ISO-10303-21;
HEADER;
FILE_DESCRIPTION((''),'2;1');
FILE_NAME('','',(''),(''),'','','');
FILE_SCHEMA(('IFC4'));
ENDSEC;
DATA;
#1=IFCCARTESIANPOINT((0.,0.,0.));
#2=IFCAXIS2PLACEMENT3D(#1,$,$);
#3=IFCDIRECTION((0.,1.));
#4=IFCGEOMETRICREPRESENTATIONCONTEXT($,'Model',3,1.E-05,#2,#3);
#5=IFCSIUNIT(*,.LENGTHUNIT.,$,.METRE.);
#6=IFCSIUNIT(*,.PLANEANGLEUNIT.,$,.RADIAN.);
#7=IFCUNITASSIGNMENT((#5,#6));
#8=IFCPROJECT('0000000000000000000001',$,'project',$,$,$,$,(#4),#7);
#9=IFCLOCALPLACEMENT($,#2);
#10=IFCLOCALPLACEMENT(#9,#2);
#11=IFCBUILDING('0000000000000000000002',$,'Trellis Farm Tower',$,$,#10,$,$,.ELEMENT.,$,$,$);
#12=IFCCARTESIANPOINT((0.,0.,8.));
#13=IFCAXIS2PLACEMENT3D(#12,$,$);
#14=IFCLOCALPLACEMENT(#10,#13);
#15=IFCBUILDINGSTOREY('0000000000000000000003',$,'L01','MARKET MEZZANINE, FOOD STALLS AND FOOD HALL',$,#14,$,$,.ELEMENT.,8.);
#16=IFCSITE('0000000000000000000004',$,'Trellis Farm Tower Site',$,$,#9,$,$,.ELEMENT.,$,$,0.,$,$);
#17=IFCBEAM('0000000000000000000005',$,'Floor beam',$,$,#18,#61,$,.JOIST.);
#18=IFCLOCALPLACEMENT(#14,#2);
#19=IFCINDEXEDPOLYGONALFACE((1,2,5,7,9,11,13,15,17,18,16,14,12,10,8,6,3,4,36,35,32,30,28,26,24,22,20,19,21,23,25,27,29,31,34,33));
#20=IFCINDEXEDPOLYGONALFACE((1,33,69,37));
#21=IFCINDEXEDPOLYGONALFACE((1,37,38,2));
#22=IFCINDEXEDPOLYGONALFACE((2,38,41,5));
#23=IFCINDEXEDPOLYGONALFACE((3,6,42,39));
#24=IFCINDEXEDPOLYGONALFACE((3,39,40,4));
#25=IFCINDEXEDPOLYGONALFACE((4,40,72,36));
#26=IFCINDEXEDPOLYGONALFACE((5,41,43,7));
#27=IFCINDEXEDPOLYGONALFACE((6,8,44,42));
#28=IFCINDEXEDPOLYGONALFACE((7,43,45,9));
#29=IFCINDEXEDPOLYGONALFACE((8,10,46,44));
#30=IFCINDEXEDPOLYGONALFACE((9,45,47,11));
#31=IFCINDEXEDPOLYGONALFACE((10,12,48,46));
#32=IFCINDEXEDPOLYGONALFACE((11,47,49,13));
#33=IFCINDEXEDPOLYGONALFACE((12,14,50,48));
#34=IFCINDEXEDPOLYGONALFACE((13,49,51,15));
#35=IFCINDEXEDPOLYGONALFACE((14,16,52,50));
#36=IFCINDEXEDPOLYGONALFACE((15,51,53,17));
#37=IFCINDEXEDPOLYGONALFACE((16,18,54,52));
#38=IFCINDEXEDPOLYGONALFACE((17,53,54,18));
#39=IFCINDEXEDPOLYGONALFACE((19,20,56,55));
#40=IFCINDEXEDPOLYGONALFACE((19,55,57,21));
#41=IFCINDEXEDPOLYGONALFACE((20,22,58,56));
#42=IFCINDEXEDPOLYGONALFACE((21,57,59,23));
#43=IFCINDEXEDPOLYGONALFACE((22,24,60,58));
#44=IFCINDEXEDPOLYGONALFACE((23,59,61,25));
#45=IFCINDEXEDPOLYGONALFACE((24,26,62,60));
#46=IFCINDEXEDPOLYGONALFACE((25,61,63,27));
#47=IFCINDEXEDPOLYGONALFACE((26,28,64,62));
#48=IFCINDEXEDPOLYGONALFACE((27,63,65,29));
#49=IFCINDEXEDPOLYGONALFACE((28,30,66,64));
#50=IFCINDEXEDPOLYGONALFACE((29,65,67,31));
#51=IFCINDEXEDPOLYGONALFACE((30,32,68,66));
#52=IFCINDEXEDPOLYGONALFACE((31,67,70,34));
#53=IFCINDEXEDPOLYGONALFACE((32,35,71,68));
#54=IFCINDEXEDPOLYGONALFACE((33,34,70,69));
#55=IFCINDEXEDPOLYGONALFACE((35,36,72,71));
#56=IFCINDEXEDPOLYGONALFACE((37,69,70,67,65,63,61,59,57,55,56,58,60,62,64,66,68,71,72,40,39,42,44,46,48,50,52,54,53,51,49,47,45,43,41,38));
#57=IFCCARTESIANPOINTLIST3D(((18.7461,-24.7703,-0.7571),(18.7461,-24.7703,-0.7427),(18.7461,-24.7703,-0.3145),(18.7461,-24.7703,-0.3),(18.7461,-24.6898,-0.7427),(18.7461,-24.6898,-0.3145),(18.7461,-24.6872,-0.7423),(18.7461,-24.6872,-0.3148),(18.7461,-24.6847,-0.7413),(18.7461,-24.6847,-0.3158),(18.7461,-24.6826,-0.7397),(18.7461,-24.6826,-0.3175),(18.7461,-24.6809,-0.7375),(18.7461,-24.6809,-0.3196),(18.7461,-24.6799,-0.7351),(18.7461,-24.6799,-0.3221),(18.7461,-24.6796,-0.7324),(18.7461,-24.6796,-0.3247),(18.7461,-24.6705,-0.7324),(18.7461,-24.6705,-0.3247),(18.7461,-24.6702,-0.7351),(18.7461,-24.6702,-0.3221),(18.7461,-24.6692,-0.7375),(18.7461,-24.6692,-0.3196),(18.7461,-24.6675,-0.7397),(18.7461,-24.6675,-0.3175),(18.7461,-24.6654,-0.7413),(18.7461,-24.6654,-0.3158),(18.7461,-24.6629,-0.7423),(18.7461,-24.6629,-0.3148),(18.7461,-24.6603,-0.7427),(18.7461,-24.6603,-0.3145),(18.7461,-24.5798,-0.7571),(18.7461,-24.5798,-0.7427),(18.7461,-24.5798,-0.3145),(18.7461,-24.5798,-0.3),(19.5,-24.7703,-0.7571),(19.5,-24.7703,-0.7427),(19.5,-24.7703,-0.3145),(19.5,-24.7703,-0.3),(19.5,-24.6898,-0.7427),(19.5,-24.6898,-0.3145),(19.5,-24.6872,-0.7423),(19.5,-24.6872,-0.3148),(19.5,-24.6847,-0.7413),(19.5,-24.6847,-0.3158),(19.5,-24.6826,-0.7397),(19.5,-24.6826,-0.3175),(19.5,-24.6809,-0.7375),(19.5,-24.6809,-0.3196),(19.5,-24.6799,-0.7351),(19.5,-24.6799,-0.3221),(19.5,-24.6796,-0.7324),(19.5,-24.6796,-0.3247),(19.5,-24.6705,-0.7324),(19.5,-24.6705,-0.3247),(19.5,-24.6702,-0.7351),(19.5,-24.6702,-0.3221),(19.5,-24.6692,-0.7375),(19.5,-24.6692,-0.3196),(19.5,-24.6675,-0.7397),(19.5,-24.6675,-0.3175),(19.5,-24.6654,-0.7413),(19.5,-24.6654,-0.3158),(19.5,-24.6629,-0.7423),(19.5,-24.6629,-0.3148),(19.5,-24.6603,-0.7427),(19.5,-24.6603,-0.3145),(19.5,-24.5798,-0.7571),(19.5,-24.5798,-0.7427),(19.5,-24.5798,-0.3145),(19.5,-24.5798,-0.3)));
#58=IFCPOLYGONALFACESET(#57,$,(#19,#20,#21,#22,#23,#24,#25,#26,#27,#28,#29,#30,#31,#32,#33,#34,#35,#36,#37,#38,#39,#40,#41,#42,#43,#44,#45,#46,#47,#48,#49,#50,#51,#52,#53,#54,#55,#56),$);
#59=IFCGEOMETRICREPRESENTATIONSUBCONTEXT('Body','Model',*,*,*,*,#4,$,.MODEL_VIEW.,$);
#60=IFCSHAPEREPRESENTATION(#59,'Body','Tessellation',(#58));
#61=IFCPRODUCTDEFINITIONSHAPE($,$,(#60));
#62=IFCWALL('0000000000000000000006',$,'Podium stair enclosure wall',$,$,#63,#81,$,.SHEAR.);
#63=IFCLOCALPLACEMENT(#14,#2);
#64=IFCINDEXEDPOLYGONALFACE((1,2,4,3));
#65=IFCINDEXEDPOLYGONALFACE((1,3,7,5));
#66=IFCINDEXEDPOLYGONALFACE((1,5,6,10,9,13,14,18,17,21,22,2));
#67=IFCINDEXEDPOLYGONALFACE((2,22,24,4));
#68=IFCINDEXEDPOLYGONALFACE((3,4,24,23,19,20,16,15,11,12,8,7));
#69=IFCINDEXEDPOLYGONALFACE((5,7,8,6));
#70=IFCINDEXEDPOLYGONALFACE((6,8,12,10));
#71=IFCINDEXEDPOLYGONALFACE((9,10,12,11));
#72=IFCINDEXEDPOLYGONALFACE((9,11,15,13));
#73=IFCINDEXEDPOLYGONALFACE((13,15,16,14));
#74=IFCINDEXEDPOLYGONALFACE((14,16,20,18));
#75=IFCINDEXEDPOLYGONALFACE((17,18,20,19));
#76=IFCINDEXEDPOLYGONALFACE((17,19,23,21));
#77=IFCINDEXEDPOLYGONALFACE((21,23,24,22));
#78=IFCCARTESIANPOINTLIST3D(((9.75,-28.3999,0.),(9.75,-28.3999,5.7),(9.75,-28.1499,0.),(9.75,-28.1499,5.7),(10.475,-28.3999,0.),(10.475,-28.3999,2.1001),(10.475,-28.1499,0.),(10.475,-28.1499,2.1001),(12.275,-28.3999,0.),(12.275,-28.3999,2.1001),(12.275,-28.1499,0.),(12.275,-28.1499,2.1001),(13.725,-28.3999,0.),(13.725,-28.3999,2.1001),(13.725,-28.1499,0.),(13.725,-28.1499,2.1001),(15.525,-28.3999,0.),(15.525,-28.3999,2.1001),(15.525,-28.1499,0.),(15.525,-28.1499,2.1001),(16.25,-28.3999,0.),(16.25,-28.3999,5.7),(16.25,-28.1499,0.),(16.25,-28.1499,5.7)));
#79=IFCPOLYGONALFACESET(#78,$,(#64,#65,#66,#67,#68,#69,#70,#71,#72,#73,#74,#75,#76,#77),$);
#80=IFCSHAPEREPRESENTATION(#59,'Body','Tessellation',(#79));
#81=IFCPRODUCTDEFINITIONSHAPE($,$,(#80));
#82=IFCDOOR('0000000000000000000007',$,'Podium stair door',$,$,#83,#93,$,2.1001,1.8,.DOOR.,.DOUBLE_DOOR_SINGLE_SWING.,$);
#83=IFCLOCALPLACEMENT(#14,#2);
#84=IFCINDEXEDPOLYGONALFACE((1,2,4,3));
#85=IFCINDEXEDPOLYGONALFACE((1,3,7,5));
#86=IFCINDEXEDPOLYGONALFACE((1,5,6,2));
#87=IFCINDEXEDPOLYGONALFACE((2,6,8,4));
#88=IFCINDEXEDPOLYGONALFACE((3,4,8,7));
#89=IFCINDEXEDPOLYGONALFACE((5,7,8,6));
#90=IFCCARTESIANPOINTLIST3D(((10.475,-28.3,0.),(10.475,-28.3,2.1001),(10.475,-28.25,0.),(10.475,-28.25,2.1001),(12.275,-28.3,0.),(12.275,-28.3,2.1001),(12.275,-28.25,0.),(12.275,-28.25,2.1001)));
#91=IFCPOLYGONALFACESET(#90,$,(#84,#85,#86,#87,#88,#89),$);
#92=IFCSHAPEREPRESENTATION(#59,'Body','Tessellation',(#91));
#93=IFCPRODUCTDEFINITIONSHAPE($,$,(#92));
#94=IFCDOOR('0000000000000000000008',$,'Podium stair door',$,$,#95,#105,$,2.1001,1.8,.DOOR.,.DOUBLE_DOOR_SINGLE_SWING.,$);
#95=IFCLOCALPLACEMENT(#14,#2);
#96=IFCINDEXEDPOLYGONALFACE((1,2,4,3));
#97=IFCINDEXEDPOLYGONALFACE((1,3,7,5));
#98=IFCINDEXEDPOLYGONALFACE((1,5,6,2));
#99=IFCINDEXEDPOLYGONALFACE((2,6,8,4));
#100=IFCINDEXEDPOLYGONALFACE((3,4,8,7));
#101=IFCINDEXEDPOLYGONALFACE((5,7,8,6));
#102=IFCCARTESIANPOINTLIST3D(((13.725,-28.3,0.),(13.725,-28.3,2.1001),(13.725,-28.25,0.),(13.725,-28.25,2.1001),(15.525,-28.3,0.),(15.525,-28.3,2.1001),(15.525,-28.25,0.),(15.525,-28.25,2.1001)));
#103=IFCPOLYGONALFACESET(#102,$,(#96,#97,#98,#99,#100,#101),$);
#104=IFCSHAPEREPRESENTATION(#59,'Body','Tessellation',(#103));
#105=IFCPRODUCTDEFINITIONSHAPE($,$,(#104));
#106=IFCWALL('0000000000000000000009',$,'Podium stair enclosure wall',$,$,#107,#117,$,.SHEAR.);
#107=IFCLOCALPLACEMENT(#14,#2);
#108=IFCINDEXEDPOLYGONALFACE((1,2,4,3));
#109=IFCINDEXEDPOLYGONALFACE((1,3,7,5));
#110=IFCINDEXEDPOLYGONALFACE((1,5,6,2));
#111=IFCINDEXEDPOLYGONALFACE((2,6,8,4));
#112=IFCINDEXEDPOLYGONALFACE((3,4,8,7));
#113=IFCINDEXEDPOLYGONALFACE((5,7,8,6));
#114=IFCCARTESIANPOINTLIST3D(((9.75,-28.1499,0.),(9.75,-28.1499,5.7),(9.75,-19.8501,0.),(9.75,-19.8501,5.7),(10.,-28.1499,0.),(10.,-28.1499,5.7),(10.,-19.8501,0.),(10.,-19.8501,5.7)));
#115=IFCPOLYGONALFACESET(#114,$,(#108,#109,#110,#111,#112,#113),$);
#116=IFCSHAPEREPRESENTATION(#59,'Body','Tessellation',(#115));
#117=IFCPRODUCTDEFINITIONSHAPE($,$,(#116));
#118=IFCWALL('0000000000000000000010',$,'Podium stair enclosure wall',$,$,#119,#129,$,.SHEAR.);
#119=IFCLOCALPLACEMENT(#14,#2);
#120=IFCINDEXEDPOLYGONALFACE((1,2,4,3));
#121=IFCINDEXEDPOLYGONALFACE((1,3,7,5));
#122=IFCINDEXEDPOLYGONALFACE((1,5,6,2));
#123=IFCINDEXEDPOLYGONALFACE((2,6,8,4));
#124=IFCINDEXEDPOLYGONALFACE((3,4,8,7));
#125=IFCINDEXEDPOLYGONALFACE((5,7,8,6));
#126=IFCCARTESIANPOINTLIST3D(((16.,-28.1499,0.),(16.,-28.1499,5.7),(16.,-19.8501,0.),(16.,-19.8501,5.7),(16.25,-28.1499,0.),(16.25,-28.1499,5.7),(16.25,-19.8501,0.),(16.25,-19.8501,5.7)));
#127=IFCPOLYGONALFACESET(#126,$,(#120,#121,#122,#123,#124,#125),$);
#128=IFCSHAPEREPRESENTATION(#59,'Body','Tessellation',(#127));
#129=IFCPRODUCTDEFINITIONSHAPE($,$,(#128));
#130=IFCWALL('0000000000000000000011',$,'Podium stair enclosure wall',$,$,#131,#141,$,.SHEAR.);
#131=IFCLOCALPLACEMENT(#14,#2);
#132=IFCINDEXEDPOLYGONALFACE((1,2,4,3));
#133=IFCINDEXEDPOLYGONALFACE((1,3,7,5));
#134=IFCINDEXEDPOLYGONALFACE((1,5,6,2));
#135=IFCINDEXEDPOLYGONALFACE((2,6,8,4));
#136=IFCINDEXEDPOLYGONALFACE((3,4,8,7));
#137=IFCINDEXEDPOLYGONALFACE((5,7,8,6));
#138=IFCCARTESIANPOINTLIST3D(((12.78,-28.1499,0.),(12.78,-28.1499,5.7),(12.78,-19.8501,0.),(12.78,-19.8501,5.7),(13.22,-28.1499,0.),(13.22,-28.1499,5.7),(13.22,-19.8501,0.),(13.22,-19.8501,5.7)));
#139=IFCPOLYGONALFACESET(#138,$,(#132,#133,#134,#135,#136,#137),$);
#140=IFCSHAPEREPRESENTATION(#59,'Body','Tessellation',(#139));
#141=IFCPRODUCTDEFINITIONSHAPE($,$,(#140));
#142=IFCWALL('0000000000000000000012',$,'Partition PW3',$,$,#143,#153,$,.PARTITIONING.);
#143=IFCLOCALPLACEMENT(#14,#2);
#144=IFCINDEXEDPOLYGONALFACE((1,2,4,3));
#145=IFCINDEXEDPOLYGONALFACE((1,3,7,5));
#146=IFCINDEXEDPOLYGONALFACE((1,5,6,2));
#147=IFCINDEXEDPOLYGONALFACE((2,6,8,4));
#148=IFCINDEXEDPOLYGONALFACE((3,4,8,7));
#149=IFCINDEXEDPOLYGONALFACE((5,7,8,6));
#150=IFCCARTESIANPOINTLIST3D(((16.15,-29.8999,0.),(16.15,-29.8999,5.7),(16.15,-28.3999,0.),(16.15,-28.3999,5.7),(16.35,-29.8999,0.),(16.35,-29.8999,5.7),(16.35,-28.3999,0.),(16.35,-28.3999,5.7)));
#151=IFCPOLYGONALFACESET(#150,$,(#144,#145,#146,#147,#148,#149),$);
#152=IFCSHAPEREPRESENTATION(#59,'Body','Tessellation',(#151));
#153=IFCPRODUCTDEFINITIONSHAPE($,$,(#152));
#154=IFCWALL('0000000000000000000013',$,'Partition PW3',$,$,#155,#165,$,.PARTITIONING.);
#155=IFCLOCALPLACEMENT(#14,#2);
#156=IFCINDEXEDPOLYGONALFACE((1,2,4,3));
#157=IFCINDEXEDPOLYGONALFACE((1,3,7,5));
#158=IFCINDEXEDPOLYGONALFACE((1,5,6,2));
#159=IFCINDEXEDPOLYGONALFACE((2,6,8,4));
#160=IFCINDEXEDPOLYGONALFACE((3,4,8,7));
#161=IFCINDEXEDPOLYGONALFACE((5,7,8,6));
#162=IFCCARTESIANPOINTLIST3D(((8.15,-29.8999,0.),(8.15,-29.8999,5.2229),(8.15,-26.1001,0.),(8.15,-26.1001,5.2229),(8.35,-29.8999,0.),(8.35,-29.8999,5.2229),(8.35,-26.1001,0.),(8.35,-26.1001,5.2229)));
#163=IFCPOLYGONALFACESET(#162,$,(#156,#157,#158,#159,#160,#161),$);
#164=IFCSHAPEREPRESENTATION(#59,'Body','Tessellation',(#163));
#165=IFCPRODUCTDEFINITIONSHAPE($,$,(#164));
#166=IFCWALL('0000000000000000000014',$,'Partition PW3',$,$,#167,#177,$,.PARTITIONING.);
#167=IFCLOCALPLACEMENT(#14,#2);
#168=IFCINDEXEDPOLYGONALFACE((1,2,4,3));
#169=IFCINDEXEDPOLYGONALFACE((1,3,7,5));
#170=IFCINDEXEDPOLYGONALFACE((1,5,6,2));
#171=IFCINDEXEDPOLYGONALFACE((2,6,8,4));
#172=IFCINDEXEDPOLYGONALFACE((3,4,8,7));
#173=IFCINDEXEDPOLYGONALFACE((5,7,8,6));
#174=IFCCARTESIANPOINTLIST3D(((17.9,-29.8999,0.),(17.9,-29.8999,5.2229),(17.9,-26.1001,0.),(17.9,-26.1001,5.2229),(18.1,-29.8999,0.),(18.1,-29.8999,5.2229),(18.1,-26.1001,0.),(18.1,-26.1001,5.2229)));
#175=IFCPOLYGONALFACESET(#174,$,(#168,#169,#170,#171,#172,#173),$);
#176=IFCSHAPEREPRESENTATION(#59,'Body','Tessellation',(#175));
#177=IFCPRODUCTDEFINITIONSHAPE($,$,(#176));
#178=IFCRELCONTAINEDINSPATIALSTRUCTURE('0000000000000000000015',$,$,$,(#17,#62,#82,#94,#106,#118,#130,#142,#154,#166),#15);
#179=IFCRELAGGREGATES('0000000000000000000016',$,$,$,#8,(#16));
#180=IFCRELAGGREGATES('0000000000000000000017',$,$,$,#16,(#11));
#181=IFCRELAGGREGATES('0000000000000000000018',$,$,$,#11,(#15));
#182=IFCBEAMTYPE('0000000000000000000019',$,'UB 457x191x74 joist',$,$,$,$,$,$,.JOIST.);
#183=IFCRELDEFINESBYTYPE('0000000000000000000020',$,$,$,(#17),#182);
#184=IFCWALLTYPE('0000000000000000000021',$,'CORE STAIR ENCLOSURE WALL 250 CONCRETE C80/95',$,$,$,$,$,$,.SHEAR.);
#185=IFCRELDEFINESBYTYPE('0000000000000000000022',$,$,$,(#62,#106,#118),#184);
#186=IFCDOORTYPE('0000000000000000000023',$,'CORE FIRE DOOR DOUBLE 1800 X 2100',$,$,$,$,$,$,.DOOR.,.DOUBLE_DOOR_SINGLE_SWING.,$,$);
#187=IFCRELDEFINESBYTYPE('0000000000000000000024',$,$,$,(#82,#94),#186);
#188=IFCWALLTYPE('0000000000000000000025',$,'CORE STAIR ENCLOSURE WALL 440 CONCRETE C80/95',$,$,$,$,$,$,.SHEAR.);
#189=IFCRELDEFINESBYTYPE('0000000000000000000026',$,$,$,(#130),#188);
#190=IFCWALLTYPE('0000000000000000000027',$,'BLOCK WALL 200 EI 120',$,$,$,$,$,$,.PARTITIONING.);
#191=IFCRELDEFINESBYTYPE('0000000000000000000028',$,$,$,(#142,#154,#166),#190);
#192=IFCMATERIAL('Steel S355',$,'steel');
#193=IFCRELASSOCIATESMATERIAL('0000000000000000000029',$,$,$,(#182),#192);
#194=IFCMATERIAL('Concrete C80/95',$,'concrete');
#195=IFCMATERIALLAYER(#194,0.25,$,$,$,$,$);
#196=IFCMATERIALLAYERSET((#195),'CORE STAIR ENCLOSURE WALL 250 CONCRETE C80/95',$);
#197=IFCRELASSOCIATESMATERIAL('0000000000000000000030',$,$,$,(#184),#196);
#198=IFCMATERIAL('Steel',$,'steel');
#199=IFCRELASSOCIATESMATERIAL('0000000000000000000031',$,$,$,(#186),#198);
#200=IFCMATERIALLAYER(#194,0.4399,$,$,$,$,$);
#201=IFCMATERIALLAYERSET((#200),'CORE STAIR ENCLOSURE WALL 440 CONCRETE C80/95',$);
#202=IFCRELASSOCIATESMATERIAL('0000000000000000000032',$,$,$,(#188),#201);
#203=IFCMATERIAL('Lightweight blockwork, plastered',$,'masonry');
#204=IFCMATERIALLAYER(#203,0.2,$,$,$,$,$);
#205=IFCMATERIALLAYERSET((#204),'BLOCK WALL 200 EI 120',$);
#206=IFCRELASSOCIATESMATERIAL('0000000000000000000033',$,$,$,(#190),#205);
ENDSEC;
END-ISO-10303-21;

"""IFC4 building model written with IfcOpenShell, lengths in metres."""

from ifc_helpers import new_model, si_unit, direction, frame, frame_2d, origin, origin_2d, place, context, subcontext, project, spatial, rectangle, i_section, extrude, source, transform, mapped, material, layer, layer_set, material_profile, profile_set, type_object, element, fill, save


model = new_model("IFC4")

# Units and contexts
model_context = context("Model", 3, precision=1e-05, world=origin(), true_north=direction((0.0, 1.0)))
body_context = subcontext(model_context, "Body", "Model", "MODEL_VIEW")
ifc_project = project(units=[si_unit("LENGTHUNIT", "METRE"), si_unit("PLANEANGLEUNIT", "RADIAN")], contexts=[model_context])

# Site, building, storey
site_placement = place(None, origin())
site = spatial("IfcSite", under=ifc_project, at=site_placement, Name="Trellis Farm Tower Site", CompositionType="ELEMENT", RefElevation=0.0)
building_placement = place(site_placement, origin())
building = spatial("IfcBuilding", under=site, at=building_placement, Name="Trellis Farm Tower", CompositionType="ELEMENT")
storey_placement = place(building_placement, frame((0.0, 0.0, 8.0)))
storey = spatial("IfcBuildingStorey", under=building, at=storey_placement, Name="L01", Description="MARKET MEZZANINE, FOOD STALLS AND FOOD HALL", CompositionType="ELEMENT", Elevation=8.0)

# Beam
ifc_material_1 = material(Name="Steel S355", Category="steel")
ifc_material_profile_1 = material_profile(ifc_material_1, i_section(OverallWidth=0.1904, OverallDepth=0.457, WebThickness=0.009, FlangeThickness=0.0144, FilletRadius=0.0103, at=origin_2d()), Name="UB 457x191x74")
ifc_profile_set_1 = profile_set([ifc_material_profile_1], Name="Steel S355")
beam_type_1 = type_object("IfcBeamType", Name="UB 457x191x74 joist", PredefinedType="JOIST", material=ifc_profile_set_1)
shared_shape_1 = source(origin(), body_context, "Body", "SweptSolid", [
    extrude(i_section(OverallWidth=0.1904, OverallDepth=0.457, WebThickness=0.009, FlangeThickness=0.0144, FilletRadius=0.0103, at=origin_2d()), origin(), (0.0, 0.0, 1.0), 0.7539),
])
for number, where, z_axis, x_axis, name in (
    (1, (18.7461, -24.675, -0.5286), (1.0, 0.0, 0.0), (0.0, 1.0, 0.0), "Floor beam"),
):
    element("IfcBeam", number, at=place(storey_placement, frame(where, z_axis=z_axis, x_axis=x_axis)), inside=storey, type_object=beam_type_1, Name=name, PredefinedType="JOIST", context=body_context, shape_type="MappedRepresentation", body=[
        mapped(shared_shape_1, transform((0.0, 0.0, 0.0))),
    ])

# Wall, openings, doors
ifc_material_2 = material(Name="Concrete C80/95", Category="concrete")
ifc_layer_1 = layer(ifc_material_2, 0.25)
ifc_layer_set_1 = layer_set([ifc_layer_1], Name="CORE STAIR ENCLOSURE WALL 250 CONCRETE C80/95")
wall_type_1 = type_object("IfcWallType", Name="CORE STAIR ENCLOSURE WALL 250 CONCRETE C80/95", PredefinedType="SHEAR", material=ifc_layer_set_1)
shared_shape_2 = source(origin(), body_context, "Body", "SweptSolid", [
    extrude(rectangle(XDim=6.5, YDim=0.25, at=frame_2d((3.25, 0.0))), origin(), (0.0, 0.0, 1.0), 5.7),
])
wall_1_placement = place(storey_placement, frame((9.75, -28.2749, 0.0), z_axis=(0.0, 0.0, 1.0), x_axis=(1.0, 0.0, 0.0)))
wall_1 = element("IfcWall", 2, at=wall_1_placement, inside=storey, type_object=wall_type_1, Name="Podium stair enclosure wall", PredefinedType="SHEAR", context=body_context, shape_type="MappedRepresentation", body=[
    mapped(shared_shape_2, transform((0.0, 0.0, 0.0))),
])
shared_shape_3 = source(origin(), body_context, "Body", "SweptSolid", [
    extrude(rectangle(XDim=1.8, YDim=2.1001, at=frame_2d((0.8999, 1.05))), frame((0.0, 0.135, 0.0), z_axis=(0.0, -1.0, 0.0), x_axis=(1.0, 0.0, 0.0)), (0.0, 0.0, 1.0), 0.27),
])
opening_1_placement = place(wall_1_placement, frame((0.7251, 0.0, 0.0)))
opening_1 = element("IfcOpeningElement", 3, at=opening_1_placement, cuts=wall_1, PredefinedType="OPENING", context=body_context, shape_type="MappedRepresentation", body=[
    mapped(shared_shape_3, transform((0.0, 0.0, 0.0))),
])
opening_2_placement = place(wall_1_placement, frame((3.9751, 0.0, 0.0)))
opening_2 = element("IfcOpeningElement", 4, at=opening_2_placement, cuts=wall_1, PredefinedType="OPENING", context=body_context, shape_type="MappedRepresentation", body=[
    mapped(shared_shape_3, transform((0.0, 0.0, 0.0))),
])
ifc_material_3 = material(Name="Steel", Category="steel")
door_type_1 = type_object("IfcDoorType", Name="CORE FIRE DOOR DOUBLE 1800 X 2100", OperationType="DOUBLE_DOOR_SINGLE_SWING", PredefinedType="DOOR", material=ifc_material_3)
shared_shape_4 = source(origin(), body_context, "Body", "SweptSolid", [
    extrude(rectangle(XDim=1.8, YDim=2.1001, at=frame_2d((0.8999, 1.05))), frame((0.0, 0.0249, 0.0), z_axis=(0.0, -1.0, 0.0), x_axis=(1.0, 0.0, 0.0)), (0.0, 0.0, 1.0), 0.05),
])
door_1_placement = place(opening_1_placement, origin())
door_1 = element("IfcDoor", 5, at=door_1_placement, inside=storey, type_object=door_type_1, Name="Podium stair door", OperationType="DOUBLE_DOOR_SINGLE_SWING", OverallHeight=2.1001, OverallWidth=1.8, PredefinedType="DOOR", context=body_context, shape_type="MappedRepresentation", body=[
    mapped(shared_shape_4, transform((0.0, 0.0, 0.0))),
])
fill(opening_1, door_1)
door_2_placement = place(opening_2_placement, origin())
door_2 = element("IfcDoor", 6, at=door_2_placement, inside=storey, type_object=door_type_1, Name="Podium stair door", OperationType="DOUBLE_DOOR_SINGLE_SWING", OverallHeight=2.1001, OverallWidth=1.8, PredefinedType="DOOR", context=body_context, shape_type="MappedRepresentation", body=[
    mapped(shared_shape_4, transform((0.0, 0.0, 0.0))),
])
fill(opening_2, door_2)

# Walls
shared_shape_5 = source(origin(), body_context, "Body", "SweptSolid", [
    extrude(rectangle(XDim=8.2998, YDim=0.25, at=frame_2d((4.1499, 0.0))), origin(), (0.0, 0.0, 1.0), 5.7),
])
for number, where, z_axis, x_axis, name in (
    (7, (9.875, -28.1499, 0.0), (0.0, 0.0, 1.0), (0.0, 1.0, 0.0), "Podium stair enclosure wall"),
    (8, (16.125, -28.1499, 0.0), (0.0, 0.0, 1.0), (0.0, 1.0, 0.0), "Podium stair enclosure wall"),
):
    element("IfcWall", number, at=place(storey_placement, frame(where, z_axis=z_axis, x_axis=x_axis)), inside=storey, type_object=wall_type_1, Name=name, PredefinedType="SHEAR", context=body_context, shape_type="MappedRepresentation", body=[
        mapped(shared_shape_5, transform((0.0, 0.0, 0.0))),
    ])
ifc_layer_2 = layer(ifc_material_2, 0.4399)
ifc_layer_set_2 = layer_set([ifc_layer_2], Name="CORE STAIR ENCLOSURE WALL 440 CONCRETE C80/95")
wall_type_2 = type_object("IfcWallType", Name="CORE STAIR ENCLOSURE WALL 440 CONCRETE C80/95", PredefinedType="SHEAR", material=ifc_layer_set_2)
shared_shape_6 = source(origin(), body_context, "Body", "SweptSolid", [
    extrude(rectangle(XDim=8.2998, YDim=0.4399, at=frame_2d((4.1499, 0.0))), origin(), (0.0, 0.0, 1.0), 5.7),
])
wall_2_placement = place(storey_placement, frame((13.0, -28.1499, 0.0), z_axis=(0.0, 0.0, 1.0), x_axis=(0.0, 1.0, 0.0)))
element("IfcWall", 9, at=wall_2_placement, inside=storey, type_object=wall_type_2, Name="Podium stair enclosure wall", PredefinedType="SHEAR", context=body_context, shape_type="MappedRepresentation", body=[
    mapped(shared_shape_6, transform((0.0, 0.0, 0.0))),
])
ifc_material_4 = material(Name="Lightweight blockwork, plastered", Category="masonry")
ifc_layer_3 = layer(ifc_material_4, 0.2)
ifc_layer_set_3 = layer_set([ifc_layer_3], Name="BLOCK WALL 200 EI 120")
wall_type_3 = type_object("IfcWallType", Name="BLOCK WALL 200 EI 120", PredefinedType="PARTITIONING", material=ifc_layer_set_3)
shared_shape_7 = source(origin(), body_context, "Body", "SweptSolid", [
    extrude(rectangle(XDim=1.5, YDim=0.2, at=frame_2d((0.75, 0.0))), origin(), (0.0, 0.0, 1.0), 5.7),
])
wall_3_placement = place(storey_placement, frame((16.25, -29.8999, 0.0), z_axis=(0.0, 0.0, 1.0), x_axis=(0.0, 1.0, 0.0)))
element("IfcWall", 10, at=wall_3_placement, inside=storey, type_object=wall_type_3, Name="Partition PW3", PredefinedType="PARTITIONING", context=body_context, shape_type="MappedRepresentation", body=[
    mapped(shared_shape_7, transform((0.0, 0.0, 0.0))),
])
shared_shape_8 = source(origin(), body_context, "Body", "SweptSolid", [
    extrude(rectangle(XDim=3.7998, YDim=0.2, at=frame_2d((1.8999, 0.0))), origin(), (0.0, 0.0, 1.0), 5.2229),
])
for number, where, z_axis, x_axis, name in (
    (11, (8.25, -29.8999, 0.0), (0.0, 0.0, 1.0), (0.0, 1.0, 0.0), "Partition PW3"),
    (12, (18.0, -29.8999, 0.0), (0.0, 0.0, 1.0), (0.0, 1.0, 0.0), "Partition PW3"),
):
    element("IfcWall", number, at=place(storey_placement, frame(where, z_axis=z_axis, x_axis=x_axis)), inside=storey, type_object=wall_type_3, Name=name, PredefinedType="PARTITIONING", context=body_context, shape_type="MappedRepresentation", body=[
        mapped(shared_shape_8, transform((0.0, 0.0, 0.0))),
    ])

save(model, "model.ifc")
